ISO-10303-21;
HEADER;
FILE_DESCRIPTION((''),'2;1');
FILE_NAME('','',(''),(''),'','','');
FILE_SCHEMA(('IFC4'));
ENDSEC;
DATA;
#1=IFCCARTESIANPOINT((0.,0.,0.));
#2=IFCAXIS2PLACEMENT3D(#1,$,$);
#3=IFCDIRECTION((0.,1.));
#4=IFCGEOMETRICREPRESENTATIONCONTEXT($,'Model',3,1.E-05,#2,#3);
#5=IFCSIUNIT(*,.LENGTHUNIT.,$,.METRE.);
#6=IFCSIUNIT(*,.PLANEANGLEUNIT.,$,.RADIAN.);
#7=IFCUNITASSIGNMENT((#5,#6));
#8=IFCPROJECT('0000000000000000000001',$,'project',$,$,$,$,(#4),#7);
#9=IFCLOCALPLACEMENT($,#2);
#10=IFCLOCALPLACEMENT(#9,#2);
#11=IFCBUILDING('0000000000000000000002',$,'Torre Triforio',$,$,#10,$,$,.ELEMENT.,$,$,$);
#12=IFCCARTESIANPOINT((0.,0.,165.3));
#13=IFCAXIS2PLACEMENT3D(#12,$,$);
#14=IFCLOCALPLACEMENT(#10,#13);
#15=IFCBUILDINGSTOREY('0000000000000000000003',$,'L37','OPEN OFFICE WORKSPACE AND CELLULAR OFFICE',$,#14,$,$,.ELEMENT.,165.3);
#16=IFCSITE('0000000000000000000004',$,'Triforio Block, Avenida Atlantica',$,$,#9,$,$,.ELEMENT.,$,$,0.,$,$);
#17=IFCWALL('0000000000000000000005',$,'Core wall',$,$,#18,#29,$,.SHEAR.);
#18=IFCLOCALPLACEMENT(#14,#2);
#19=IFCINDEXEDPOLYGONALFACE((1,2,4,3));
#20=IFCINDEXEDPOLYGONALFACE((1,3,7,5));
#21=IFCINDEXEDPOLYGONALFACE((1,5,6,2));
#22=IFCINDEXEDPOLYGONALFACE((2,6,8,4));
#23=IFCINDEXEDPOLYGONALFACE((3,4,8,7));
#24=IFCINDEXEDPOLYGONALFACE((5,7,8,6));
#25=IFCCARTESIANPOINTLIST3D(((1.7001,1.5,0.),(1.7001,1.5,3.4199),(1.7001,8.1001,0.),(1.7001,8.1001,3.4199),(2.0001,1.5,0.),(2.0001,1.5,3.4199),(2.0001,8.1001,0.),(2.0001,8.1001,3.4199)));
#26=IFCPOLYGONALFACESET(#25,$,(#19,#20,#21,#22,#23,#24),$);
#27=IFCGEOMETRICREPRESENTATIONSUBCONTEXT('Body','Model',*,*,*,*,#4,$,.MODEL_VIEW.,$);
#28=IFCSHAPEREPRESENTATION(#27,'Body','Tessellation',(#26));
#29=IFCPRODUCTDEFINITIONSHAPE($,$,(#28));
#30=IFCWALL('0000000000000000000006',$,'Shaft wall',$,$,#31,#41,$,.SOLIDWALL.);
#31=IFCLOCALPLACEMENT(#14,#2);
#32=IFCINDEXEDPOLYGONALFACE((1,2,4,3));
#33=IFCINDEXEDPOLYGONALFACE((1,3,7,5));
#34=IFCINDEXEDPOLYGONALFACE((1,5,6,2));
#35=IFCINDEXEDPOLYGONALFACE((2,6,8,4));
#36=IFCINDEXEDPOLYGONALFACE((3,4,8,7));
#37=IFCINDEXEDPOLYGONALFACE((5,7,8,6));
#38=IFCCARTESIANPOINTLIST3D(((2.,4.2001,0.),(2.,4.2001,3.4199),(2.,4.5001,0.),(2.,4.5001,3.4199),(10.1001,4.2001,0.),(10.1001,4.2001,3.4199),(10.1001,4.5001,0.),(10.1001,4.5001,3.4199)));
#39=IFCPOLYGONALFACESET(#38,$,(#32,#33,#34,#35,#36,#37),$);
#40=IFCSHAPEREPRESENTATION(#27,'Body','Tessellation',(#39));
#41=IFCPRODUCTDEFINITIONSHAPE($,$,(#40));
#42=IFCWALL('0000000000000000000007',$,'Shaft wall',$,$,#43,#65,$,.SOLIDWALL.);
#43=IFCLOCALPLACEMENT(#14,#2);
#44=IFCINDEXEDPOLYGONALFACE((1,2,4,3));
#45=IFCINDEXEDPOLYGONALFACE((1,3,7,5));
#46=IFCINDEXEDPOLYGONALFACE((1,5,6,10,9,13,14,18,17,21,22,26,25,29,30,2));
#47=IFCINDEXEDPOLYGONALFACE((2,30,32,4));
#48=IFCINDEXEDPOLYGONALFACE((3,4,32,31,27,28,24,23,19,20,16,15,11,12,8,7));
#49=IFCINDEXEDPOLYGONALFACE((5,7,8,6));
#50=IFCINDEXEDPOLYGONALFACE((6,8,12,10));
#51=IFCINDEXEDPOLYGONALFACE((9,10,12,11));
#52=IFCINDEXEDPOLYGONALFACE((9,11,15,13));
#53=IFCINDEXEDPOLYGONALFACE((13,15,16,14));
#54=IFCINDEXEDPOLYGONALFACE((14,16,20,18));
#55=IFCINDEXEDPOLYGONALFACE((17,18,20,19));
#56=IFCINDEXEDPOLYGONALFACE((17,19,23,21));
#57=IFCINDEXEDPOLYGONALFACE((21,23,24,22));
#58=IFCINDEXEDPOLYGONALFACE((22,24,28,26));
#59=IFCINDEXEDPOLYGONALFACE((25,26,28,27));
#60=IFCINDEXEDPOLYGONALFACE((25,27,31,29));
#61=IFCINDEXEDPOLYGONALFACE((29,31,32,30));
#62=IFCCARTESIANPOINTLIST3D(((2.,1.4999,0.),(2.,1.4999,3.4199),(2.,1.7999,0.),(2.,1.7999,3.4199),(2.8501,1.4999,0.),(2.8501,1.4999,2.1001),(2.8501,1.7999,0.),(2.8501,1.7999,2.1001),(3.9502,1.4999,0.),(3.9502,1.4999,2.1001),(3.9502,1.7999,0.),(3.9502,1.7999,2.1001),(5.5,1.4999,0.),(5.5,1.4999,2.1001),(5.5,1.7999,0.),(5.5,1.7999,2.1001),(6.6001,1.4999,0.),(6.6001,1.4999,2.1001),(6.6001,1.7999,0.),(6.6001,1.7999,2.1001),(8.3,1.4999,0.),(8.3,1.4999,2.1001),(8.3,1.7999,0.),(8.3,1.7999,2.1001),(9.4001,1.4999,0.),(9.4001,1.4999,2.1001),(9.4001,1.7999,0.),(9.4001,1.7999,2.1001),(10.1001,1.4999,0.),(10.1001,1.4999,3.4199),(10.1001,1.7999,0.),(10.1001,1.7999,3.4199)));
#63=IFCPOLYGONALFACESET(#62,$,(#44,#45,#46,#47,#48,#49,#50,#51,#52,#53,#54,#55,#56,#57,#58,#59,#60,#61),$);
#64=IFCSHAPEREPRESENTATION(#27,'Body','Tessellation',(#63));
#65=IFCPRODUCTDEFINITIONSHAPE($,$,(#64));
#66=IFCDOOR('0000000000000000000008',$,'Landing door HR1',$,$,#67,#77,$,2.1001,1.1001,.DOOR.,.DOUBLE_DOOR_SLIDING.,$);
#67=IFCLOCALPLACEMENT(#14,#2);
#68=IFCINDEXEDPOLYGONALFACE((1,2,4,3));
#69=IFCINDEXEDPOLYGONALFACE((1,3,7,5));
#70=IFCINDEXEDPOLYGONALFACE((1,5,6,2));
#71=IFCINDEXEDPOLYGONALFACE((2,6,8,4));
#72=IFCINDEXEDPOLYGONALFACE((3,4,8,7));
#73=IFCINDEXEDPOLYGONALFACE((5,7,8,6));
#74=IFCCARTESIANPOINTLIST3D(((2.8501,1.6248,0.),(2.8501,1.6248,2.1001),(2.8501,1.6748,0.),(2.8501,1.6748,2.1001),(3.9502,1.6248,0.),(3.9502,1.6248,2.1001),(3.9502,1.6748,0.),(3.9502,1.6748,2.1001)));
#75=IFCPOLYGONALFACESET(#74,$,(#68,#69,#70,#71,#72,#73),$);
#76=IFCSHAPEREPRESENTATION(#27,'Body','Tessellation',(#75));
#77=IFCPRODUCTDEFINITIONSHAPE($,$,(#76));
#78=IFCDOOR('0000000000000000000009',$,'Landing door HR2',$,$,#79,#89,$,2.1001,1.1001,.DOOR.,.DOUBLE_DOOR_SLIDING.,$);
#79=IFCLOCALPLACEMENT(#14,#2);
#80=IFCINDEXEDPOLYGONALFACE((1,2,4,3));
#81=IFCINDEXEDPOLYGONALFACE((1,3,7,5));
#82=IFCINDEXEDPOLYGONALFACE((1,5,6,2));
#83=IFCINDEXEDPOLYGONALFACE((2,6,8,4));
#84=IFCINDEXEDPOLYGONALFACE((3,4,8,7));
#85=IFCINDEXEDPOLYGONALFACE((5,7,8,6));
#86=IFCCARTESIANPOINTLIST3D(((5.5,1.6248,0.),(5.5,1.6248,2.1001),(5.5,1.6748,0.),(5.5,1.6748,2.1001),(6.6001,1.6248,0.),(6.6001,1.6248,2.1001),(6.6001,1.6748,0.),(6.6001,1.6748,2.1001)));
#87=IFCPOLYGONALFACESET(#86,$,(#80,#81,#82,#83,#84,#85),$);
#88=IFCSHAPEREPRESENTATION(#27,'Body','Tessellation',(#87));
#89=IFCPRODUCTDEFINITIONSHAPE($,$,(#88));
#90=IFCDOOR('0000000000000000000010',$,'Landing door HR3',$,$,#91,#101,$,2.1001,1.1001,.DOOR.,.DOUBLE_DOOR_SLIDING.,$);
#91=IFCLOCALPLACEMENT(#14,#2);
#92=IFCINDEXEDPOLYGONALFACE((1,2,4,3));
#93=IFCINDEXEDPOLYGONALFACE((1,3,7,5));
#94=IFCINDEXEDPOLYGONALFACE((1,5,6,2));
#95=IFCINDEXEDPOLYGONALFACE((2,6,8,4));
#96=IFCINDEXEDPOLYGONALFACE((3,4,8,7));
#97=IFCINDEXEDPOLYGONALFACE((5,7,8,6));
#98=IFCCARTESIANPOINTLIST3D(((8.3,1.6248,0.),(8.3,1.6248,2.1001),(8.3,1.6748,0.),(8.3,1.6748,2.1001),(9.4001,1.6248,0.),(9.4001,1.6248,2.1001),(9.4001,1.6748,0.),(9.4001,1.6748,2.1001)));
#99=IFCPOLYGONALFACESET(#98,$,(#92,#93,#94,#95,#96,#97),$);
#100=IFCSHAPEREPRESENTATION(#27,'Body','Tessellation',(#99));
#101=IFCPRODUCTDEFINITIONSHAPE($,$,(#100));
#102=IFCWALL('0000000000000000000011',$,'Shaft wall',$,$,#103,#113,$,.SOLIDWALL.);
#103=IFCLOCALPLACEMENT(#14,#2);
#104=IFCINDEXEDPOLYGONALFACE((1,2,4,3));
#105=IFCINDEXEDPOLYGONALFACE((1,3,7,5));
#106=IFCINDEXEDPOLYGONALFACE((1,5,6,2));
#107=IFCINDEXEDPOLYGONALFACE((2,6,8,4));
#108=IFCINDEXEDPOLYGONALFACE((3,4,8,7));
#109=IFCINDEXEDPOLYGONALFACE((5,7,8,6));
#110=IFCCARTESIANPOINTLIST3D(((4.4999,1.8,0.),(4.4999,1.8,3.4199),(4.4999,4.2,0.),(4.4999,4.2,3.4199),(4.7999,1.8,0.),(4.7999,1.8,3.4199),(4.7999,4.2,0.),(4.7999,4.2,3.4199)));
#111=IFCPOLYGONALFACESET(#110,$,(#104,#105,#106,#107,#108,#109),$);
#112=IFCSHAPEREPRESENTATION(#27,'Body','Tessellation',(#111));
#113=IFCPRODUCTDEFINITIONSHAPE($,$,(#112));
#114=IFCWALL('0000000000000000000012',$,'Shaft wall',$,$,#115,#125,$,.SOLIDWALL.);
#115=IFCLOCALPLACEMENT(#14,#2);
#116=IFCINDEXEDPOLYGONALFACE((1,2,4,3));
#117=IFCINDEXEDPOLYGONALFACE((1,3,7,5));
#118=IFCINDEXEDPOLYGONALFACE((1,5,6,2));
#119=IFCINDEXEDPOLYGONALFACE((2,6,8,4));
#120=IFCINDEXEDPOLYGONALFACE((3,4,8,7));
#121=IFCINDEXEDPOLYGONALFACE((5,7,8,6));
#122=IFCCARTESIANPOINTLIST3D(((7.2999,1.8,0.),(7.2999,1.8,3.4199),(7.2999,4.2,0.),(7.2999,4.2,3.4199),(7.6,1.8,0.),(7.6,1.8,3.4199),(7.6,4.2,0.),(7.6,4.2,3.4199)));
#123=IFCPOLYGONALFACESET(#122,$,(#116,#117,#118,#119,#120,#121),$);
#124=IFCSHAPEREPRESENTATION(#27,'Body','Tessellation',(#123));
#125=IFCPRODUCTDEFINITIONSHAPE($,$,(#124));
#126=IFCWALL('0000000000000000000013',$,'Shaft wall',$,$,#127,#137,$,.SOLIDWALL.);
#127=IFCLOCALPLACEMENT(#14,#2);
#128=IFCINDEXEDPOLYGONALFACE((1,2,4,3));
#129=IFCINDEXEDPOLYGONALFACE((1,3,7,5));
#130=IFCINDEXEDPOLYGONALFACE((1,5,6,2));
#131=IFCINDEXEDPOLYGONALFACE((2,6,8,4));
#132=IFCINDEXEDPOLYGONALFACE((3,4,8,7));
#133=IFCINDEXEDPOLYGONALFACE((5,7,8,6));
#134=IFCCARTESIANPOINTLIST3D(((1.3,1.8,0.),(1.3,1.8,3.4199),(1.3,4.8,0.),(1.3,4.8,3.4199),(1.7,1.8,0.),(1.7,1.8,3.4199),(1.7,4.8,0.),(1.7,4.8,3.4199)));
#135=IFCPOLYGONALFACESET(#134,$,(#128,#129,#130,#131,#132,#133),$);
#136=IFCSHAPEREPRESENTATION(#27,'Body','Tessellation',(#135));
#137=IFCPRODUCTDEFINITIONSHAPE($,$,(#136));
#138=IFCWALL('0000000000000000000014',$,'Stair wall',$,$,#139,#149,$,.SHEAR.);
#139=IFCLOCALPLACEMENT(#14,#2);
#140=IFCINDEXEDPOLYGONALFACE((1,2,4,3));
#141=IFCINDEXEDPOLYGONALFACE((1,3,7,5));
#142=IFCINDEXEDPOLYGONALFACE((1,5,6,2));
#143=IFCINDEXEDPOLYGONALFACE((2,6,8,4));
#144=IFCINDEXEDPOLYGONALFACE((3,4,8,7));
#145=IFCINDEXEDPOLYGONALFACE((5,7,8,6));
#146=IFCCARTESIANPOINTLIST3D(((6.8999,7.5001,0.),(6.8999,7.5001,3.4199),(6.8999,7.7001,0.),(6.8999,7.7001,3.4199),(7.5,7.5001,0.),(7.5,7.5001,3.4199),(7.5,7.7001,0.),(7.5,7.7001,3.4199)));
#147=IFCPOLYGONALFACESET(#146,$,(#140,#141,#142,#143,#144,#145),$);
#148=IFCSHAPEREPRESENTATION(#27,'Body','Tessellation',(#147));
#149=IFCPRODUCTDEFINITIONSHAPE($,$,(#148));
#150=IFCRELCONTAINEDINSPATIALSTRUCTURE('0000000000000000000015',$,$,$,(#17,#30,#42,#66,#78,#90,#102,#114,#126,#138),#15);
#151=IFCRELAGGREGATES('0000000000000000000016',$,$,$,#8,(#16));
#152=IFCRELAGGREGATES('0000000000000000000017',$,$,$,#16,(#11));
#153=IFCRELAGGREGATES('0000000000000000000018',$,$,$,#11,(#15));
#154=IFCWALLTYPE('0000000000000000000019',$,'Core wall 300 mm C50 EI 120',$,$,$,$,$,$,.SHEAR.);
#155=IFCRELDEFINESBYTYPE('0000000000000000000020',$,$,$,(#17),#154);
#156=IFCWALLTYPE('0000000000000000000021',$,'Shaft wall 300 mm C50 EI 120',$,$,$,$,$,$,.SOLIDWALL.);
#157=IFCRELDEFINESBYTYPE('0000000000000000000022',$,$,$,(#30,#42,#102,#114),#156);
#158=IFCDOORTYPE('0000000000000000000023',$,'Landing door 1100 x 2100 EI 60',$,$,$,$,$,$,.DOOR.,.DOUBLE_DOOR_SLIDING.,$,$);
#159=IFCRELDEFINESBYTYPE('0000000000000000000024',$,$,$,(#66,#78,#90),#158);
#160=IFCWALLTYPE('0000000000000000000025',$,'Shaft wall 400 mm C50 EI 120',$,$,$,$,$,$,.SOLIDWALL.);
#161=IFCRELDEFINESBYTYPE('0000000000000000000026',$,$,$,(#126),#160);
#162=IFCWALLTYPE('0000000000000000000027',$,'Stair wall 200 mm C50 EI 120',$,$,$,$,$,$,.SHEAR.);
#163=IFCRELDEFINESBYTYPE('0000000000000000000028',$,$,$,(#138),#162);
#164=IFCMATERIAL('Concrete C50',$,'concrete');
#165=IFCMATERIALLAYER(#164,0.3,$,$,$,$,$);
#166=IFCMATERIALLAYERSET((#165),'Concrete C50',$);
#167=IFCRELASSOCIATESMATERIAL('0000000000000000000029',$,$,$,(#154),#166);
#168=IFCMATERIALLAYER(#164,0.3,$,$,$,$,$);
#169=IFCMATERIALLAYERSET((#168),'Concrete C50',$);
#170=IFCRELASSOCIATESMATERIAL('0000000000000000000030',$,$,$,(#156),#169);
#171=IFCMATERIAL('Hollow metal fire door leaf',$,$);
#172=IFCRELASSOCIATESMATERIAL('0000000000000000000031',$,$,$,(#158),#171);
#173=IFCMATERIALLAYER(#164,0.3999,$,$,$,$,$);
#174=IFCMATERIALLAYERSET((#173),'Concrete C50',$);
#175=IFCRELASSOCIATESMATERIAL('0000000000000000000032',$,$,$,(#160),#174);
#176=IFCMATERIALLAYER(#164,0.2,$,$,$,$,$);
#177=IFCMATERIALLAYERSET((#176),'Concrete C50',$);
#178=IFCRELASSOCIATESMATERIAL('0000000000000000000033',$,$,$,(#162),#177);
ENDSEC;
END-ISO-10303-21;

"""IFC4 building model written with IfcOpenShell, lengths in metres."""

from ifc_helpers import new_model, si_unit, direction, frame, frame_2d, origin, place, context, subcontext, project, spatial, rectangle, extrude, material, layer, layer_set, type_object, element, fill, save


model = new_model("IFC4")

# Units and contexts
model_context = context("Model", 3, precision=1e-05, world=origin(), true_north=direction((0.0, 1.0)))
body_context = subcontext(model_context, "Body", "Model", "MODEL_VIEW")
ifc_project = project(units=[si_unit("LENGTHUNIT", "METRE"), si_unit("PLANEANGLEUNIT", "RADIAN")], contexts=[model_context])

# Site, building, storey
site_placement = place(None, origin())
site = spatial("IfcSite", under=ifc_project, at=site_placement, Name="Triforio Block, Avenida Atlantica", CompositionType="ELEMENT", RefElevation=0.0)
building_placement = place(site_placement, origin())
building = spatial("IfcBuilding", under=site, at=building_placement, Name="Torre Triforio", CompositionType="ELEMENT")
storey_placement = place(building_placement, frame((0.0, 0.0, 165.3)))
storey = spatial("IfcBuildingStorey", under=building, at=storey_placement, Name="L37", Description="OPEN OFFICE WORKSPACE AND CELLULAR OFFICE", CompositionType="ELEMENT", Elevation=165.3)

# Walls
ifc_material_1 = material(Name="Concrete C50", Category="concrete")
ifc_layer_1 = layer(ifc_material_1, 0.3)
ifc_layer_set_1 = layer_set([ifc_layer_1], Name="Concrete C50")
wall_type_1 = type_object("IfcWallType", Name="Core wall 300 mm C50 EI 120", PredefinedType="SHEAR", material=ifc_layer_set_1)
wall_1_placement = place(storey_placement, frame((1.8501, 1.5, 0.0), z_axis=(0.0, 0.0, 1.0), x_axis=(0.0, 1.0, 0.0)))
element("IfcWall", 1, at=wall_1_placement, inside=storey, type_object=wall_type_1, Name="Core wall", PredefinedType="SHEAR", context=body_context, shape_type="SweptSolid", body=[
    extrude(rectangle(XDim=6.6001, YDim=0.3, at=frame_2d((3.3, 0.0))), origin(), (0.0, 0.0, 1.0), 3.4199),
])
ifc_layer_2 = layer(ifc_material_1, 0.3)
ifc_layer_set_2 = layer_set([ifc_layer_2], Name="Concrete C50")
wall_type_2 = type_object("IfcWallType", Name="Shaft wall 300 mm C50 EI 120", PredefinedType="SOLIDWALL", material=ifc_layer_set_2)
wall_2_placement = place(storey_placement, frame((2.0, 4.3501, 0.0), z_axis=(0.0, 0.0, 1.0), x_axis=(1.0, 0.0, 0.0)))
element("IfcWall", 2, at=wall_2_placement, inside=storey, type_object=wall_type_2, Name="Shaft wall", PredefinedType="SOLIDWALL", context=body_context, shape_type="SweptSolid", body=[
    extrude(rectangle(XDim=8.1001, YDim=0.3, at=frame_2d((4.05, 0.0))), origin(), (0.0, 0.0, 1.0), 3.4199),
])

# Wall, openings, doors
wall_3_placement = place(storey_placement, frame((2.0, 1.6499, 0.0), z_axis=(0.0, 0.0, 1.0), x_axis=(1.0, 0.0, 0.0)))
wall_3 = element("IfcWall", 3, at=wall_3_placement, inside=storey, type_object=wall_type_2, Name="Shaft wall", PredefinedType="SOLIDWALL", context=body_context, shape_type="SweptSolid", body=[
    extrude(rectangle(XDim=8.1001, YDim=0.3, at=frame_2d((4.05, 0.0))), origin(), (0.0, 0.0, 1.0), 3.4199),
])
opening_1_placement = place(wall_3_placement, frame((0.8501, 0.0, 0.0)))
opening_1 = element("IfcOpeningElement", 4, at=opening_1_placement, cuts=wall_3, PredefinedType="OPENING", context=body_context, shape_type="SweptSolid", body=[
    extrude(rectangle(XDim=1.1001, YDim=2.1001, at=frame_2d((0.55, 1.05))), frame((0.0, 0.1599, 0.0), z_axis=(0.0, -1.0, 0.0), x_axis=(1.0, 0.0, 0.0)), (0.0, 0.0, 1.0), 0.3201),
])
opening_2_placement = place(wall_3_placement, frame((3.5, 0.0, 0.0)))
opening_2 = element("IfcOpeningElement", 5, at=opening_2_placement, cuts=wall_3, PredefinedType="OPENING", context=body_context, shape_type="SweptSolid", body=[
    extrude(rectangle(XDim=1.1001, YDim=2.1001, at=frame_2d((0.55, 1.05))), frame((0.0, 0.1599, 0.0), z_axis=(0.0, -1.0, 0.0), x_axis=(1.0, 0.0, 0.0)), (0.0, 0.0, 1.0), 0.3201),
])
opening_3_placement = place(wall_3_placement, frame((6.3, 0.0, 0.0)))
opening_3 = element("IfcOpeningElement", 6, at=opening_3_placement, cuts=wall_3, PredefinedType="OPENING", context=body_context, shape_type="SweptSolid", body=[
    extrude(rectangle(XDim=1.1001, YDim=2.1001, at=frame_2d((0.55, 1.05))), frame((0.0, 0.1599, 0.0), z_axis=(0.0, -1.0, 0.0), x_axis=(1.0, 0.0, 0.0)), (0.0, 0.0, 1.0), 0.3201),
])
ifc_material_2 = material(Name="Hollow metal fire door leaf")
door_type_1 = type_object("IfcDoorType", Name="Landing door 1100 x 2100 EI 60", OperationType="DOUBLE_DOOR_SLIDING", PredefinedType="DOOR", material=ifc_material_2)
door_1_placement = place(opening_1_placement, origin())
door_1 = element("IfcDoor", 7, at=door_1_placement, inside=storey, type_object=door_type_1, Name="Landing door HR1", OperationType="DOUBLE_DOOR_SLIDING", OverallHeight=2.1001, OverallWidth=1.1001, PredefinedType="DOOR", context=body_context, shape_type="SweptSolid", body=[
    extrude(rectangle(XDim=1.1001, YDim=2.1001, at=frame_2d((0.55, 1.05))), frame((0.0, 0.0249, 0.0), z_axis=(0.0, -1.0, 0.0), x_axis=(1.0, 0.0, 0.0)), (0.0, 0.0, 1.0), 0.05),
])
fill(opening_1, door_1)
door_2_placement = place(opening_2_placement, origin())
door_2 = element("IfcDoor", 8, at=door_2_placement, inside=storey, type_object=door_type_1, Name="Landing door HR2", OperationType="DOUBLE_DOOR_SLIDING", OverallHeight=2.1001, OverallWidth=1.1001, PredefinedType="DOOR", context=body_context, shape_type="SweptSolid", body=[
    extrude(rectangle(XDim=1.1001, YDim=2.1001, at=frame_2d((0.55, 1.05))), frame((0.0, 0.0249, 0.0), z_axis=(0.0, -1.0, 0.0), x_axis=(1.0, 0.0, 0.0)), (0.0, 0.0, 1.0), 0.05),
])
fill(opening_2, door_2)
door_3_placement = place(opening_3_placement, origin())
door_3 = element("IfcDoor", 9, at=door_3_placement, inside=storey, type_object=door_type_1, Name="Landing door HR3", OperationType="DOUBLE_DOOR_SLIDING", OverallHeight=2.1001, OverallWidth=1.1001, PredefinedType="DOOR", context=body_context, shape_type="SweptSolid", body=[
    extrude(rectangle(XDim=1.1001, YDim=2.1001, at=frame_2d((0.55, 1.05))), frame((0.0, 0.0249, 0.0), z_axis=(0.0, -1.0, 0.0), x_axis=(1.0, 0.0, 0.0)), (0.0, 0.0, 1.0), 0.05),
])
fill(opening_3, door_3)

# Walls
for number, where, z_axis, x_axis, name in (
    (10, (4.6499, 1.8, 0.0), (0.0, 0.0, 1.0), (0.0, 1.0, 0.0), "Shaft wall"),
    (11, (7.45, 1.8, 0.0), (0.0, 0.0, 1.0), (0.0, 1.0, 0.0), "Shaft wall"),
):
    element("IfcWall", number, at=place(storey_placement, frame(where, z_axis=z_axis, x_axis=x_axis)), inside=storey, type_object=wall_type_2, Name=name, PredefinedType="SOLIDWALL", context=body_context, shape_type="SweptSolid", body=[
        extrude(rectangle(XDim=2.3999, YDim=0.3, at=frame_2d((1.2, 0.0))), origin(), (0.0, 0.0, 1.0), 3.4199),
    ])
ifc_layer_3 = layer(ifc_material_1, 0.3999)
ifc_layer_set_3 = layer_set([ifc_layer_3], Name="Concrete C50")
wall_type_3 = type_object("IfcWallType", Name="Shaft wall 400 mm C50 EI 120", PredefinedType="SOLIDWALL", material=ifc_layer_set_3)
wall_4_placement = place(storey_placement, frame((1.5, 1.8, 0.0), z_axis=(0.0, 0.0, 1.0), x_axis=(0.0, 1.0, 0.0)))
element("IfcWall", 12, at=wall_4_placement, inside=storey, type_object=wall_type_3, Name="Shaft wall", PredefinedType="SOLIDWALL", context=body_context, shape_type="SweptSolid", body=[
    extrude(rectangle(XDim=3.0, YDim=0.3999, at=frame_2d((1.5, 0.0))), origin(), (0.0, 0.0, 1.0), 3.4199),
])
ifc_layer_4 = layer(ifc_material_1, 0.2)
ifc_layer_set_4 = layer_set([ifc_layer_4], Name="Concrete C50")
wall_type_4 = type_object("IfcWallType", Name="Stair wall 200 mm C50 EI 120", PredefinedType="SHEAR", material=ifc_layer_set_4)
wall_5_placement = place(storey_placement, frame((6.8999, 7.6001, 0.0), z_axis=(0.0, 0.0, 1.0), x_axis=(1.0, 0.0, 0.0)))
element("IfcWall", 13, at=wall_5_placement, inside=storey, type_object=wall_type_4, Name="Stair wall", PredefinedType="SHEAR", context=body_context, shape_type="SweptSolid", body=[
    extrude(rectangle(XDim=0.6001, YDim=0.2, at=frame_2d((0.3, 0.0))), origin(), (0.0, 0.0, 1.0), 3.4199),
])

save(model, "model.ifc")
